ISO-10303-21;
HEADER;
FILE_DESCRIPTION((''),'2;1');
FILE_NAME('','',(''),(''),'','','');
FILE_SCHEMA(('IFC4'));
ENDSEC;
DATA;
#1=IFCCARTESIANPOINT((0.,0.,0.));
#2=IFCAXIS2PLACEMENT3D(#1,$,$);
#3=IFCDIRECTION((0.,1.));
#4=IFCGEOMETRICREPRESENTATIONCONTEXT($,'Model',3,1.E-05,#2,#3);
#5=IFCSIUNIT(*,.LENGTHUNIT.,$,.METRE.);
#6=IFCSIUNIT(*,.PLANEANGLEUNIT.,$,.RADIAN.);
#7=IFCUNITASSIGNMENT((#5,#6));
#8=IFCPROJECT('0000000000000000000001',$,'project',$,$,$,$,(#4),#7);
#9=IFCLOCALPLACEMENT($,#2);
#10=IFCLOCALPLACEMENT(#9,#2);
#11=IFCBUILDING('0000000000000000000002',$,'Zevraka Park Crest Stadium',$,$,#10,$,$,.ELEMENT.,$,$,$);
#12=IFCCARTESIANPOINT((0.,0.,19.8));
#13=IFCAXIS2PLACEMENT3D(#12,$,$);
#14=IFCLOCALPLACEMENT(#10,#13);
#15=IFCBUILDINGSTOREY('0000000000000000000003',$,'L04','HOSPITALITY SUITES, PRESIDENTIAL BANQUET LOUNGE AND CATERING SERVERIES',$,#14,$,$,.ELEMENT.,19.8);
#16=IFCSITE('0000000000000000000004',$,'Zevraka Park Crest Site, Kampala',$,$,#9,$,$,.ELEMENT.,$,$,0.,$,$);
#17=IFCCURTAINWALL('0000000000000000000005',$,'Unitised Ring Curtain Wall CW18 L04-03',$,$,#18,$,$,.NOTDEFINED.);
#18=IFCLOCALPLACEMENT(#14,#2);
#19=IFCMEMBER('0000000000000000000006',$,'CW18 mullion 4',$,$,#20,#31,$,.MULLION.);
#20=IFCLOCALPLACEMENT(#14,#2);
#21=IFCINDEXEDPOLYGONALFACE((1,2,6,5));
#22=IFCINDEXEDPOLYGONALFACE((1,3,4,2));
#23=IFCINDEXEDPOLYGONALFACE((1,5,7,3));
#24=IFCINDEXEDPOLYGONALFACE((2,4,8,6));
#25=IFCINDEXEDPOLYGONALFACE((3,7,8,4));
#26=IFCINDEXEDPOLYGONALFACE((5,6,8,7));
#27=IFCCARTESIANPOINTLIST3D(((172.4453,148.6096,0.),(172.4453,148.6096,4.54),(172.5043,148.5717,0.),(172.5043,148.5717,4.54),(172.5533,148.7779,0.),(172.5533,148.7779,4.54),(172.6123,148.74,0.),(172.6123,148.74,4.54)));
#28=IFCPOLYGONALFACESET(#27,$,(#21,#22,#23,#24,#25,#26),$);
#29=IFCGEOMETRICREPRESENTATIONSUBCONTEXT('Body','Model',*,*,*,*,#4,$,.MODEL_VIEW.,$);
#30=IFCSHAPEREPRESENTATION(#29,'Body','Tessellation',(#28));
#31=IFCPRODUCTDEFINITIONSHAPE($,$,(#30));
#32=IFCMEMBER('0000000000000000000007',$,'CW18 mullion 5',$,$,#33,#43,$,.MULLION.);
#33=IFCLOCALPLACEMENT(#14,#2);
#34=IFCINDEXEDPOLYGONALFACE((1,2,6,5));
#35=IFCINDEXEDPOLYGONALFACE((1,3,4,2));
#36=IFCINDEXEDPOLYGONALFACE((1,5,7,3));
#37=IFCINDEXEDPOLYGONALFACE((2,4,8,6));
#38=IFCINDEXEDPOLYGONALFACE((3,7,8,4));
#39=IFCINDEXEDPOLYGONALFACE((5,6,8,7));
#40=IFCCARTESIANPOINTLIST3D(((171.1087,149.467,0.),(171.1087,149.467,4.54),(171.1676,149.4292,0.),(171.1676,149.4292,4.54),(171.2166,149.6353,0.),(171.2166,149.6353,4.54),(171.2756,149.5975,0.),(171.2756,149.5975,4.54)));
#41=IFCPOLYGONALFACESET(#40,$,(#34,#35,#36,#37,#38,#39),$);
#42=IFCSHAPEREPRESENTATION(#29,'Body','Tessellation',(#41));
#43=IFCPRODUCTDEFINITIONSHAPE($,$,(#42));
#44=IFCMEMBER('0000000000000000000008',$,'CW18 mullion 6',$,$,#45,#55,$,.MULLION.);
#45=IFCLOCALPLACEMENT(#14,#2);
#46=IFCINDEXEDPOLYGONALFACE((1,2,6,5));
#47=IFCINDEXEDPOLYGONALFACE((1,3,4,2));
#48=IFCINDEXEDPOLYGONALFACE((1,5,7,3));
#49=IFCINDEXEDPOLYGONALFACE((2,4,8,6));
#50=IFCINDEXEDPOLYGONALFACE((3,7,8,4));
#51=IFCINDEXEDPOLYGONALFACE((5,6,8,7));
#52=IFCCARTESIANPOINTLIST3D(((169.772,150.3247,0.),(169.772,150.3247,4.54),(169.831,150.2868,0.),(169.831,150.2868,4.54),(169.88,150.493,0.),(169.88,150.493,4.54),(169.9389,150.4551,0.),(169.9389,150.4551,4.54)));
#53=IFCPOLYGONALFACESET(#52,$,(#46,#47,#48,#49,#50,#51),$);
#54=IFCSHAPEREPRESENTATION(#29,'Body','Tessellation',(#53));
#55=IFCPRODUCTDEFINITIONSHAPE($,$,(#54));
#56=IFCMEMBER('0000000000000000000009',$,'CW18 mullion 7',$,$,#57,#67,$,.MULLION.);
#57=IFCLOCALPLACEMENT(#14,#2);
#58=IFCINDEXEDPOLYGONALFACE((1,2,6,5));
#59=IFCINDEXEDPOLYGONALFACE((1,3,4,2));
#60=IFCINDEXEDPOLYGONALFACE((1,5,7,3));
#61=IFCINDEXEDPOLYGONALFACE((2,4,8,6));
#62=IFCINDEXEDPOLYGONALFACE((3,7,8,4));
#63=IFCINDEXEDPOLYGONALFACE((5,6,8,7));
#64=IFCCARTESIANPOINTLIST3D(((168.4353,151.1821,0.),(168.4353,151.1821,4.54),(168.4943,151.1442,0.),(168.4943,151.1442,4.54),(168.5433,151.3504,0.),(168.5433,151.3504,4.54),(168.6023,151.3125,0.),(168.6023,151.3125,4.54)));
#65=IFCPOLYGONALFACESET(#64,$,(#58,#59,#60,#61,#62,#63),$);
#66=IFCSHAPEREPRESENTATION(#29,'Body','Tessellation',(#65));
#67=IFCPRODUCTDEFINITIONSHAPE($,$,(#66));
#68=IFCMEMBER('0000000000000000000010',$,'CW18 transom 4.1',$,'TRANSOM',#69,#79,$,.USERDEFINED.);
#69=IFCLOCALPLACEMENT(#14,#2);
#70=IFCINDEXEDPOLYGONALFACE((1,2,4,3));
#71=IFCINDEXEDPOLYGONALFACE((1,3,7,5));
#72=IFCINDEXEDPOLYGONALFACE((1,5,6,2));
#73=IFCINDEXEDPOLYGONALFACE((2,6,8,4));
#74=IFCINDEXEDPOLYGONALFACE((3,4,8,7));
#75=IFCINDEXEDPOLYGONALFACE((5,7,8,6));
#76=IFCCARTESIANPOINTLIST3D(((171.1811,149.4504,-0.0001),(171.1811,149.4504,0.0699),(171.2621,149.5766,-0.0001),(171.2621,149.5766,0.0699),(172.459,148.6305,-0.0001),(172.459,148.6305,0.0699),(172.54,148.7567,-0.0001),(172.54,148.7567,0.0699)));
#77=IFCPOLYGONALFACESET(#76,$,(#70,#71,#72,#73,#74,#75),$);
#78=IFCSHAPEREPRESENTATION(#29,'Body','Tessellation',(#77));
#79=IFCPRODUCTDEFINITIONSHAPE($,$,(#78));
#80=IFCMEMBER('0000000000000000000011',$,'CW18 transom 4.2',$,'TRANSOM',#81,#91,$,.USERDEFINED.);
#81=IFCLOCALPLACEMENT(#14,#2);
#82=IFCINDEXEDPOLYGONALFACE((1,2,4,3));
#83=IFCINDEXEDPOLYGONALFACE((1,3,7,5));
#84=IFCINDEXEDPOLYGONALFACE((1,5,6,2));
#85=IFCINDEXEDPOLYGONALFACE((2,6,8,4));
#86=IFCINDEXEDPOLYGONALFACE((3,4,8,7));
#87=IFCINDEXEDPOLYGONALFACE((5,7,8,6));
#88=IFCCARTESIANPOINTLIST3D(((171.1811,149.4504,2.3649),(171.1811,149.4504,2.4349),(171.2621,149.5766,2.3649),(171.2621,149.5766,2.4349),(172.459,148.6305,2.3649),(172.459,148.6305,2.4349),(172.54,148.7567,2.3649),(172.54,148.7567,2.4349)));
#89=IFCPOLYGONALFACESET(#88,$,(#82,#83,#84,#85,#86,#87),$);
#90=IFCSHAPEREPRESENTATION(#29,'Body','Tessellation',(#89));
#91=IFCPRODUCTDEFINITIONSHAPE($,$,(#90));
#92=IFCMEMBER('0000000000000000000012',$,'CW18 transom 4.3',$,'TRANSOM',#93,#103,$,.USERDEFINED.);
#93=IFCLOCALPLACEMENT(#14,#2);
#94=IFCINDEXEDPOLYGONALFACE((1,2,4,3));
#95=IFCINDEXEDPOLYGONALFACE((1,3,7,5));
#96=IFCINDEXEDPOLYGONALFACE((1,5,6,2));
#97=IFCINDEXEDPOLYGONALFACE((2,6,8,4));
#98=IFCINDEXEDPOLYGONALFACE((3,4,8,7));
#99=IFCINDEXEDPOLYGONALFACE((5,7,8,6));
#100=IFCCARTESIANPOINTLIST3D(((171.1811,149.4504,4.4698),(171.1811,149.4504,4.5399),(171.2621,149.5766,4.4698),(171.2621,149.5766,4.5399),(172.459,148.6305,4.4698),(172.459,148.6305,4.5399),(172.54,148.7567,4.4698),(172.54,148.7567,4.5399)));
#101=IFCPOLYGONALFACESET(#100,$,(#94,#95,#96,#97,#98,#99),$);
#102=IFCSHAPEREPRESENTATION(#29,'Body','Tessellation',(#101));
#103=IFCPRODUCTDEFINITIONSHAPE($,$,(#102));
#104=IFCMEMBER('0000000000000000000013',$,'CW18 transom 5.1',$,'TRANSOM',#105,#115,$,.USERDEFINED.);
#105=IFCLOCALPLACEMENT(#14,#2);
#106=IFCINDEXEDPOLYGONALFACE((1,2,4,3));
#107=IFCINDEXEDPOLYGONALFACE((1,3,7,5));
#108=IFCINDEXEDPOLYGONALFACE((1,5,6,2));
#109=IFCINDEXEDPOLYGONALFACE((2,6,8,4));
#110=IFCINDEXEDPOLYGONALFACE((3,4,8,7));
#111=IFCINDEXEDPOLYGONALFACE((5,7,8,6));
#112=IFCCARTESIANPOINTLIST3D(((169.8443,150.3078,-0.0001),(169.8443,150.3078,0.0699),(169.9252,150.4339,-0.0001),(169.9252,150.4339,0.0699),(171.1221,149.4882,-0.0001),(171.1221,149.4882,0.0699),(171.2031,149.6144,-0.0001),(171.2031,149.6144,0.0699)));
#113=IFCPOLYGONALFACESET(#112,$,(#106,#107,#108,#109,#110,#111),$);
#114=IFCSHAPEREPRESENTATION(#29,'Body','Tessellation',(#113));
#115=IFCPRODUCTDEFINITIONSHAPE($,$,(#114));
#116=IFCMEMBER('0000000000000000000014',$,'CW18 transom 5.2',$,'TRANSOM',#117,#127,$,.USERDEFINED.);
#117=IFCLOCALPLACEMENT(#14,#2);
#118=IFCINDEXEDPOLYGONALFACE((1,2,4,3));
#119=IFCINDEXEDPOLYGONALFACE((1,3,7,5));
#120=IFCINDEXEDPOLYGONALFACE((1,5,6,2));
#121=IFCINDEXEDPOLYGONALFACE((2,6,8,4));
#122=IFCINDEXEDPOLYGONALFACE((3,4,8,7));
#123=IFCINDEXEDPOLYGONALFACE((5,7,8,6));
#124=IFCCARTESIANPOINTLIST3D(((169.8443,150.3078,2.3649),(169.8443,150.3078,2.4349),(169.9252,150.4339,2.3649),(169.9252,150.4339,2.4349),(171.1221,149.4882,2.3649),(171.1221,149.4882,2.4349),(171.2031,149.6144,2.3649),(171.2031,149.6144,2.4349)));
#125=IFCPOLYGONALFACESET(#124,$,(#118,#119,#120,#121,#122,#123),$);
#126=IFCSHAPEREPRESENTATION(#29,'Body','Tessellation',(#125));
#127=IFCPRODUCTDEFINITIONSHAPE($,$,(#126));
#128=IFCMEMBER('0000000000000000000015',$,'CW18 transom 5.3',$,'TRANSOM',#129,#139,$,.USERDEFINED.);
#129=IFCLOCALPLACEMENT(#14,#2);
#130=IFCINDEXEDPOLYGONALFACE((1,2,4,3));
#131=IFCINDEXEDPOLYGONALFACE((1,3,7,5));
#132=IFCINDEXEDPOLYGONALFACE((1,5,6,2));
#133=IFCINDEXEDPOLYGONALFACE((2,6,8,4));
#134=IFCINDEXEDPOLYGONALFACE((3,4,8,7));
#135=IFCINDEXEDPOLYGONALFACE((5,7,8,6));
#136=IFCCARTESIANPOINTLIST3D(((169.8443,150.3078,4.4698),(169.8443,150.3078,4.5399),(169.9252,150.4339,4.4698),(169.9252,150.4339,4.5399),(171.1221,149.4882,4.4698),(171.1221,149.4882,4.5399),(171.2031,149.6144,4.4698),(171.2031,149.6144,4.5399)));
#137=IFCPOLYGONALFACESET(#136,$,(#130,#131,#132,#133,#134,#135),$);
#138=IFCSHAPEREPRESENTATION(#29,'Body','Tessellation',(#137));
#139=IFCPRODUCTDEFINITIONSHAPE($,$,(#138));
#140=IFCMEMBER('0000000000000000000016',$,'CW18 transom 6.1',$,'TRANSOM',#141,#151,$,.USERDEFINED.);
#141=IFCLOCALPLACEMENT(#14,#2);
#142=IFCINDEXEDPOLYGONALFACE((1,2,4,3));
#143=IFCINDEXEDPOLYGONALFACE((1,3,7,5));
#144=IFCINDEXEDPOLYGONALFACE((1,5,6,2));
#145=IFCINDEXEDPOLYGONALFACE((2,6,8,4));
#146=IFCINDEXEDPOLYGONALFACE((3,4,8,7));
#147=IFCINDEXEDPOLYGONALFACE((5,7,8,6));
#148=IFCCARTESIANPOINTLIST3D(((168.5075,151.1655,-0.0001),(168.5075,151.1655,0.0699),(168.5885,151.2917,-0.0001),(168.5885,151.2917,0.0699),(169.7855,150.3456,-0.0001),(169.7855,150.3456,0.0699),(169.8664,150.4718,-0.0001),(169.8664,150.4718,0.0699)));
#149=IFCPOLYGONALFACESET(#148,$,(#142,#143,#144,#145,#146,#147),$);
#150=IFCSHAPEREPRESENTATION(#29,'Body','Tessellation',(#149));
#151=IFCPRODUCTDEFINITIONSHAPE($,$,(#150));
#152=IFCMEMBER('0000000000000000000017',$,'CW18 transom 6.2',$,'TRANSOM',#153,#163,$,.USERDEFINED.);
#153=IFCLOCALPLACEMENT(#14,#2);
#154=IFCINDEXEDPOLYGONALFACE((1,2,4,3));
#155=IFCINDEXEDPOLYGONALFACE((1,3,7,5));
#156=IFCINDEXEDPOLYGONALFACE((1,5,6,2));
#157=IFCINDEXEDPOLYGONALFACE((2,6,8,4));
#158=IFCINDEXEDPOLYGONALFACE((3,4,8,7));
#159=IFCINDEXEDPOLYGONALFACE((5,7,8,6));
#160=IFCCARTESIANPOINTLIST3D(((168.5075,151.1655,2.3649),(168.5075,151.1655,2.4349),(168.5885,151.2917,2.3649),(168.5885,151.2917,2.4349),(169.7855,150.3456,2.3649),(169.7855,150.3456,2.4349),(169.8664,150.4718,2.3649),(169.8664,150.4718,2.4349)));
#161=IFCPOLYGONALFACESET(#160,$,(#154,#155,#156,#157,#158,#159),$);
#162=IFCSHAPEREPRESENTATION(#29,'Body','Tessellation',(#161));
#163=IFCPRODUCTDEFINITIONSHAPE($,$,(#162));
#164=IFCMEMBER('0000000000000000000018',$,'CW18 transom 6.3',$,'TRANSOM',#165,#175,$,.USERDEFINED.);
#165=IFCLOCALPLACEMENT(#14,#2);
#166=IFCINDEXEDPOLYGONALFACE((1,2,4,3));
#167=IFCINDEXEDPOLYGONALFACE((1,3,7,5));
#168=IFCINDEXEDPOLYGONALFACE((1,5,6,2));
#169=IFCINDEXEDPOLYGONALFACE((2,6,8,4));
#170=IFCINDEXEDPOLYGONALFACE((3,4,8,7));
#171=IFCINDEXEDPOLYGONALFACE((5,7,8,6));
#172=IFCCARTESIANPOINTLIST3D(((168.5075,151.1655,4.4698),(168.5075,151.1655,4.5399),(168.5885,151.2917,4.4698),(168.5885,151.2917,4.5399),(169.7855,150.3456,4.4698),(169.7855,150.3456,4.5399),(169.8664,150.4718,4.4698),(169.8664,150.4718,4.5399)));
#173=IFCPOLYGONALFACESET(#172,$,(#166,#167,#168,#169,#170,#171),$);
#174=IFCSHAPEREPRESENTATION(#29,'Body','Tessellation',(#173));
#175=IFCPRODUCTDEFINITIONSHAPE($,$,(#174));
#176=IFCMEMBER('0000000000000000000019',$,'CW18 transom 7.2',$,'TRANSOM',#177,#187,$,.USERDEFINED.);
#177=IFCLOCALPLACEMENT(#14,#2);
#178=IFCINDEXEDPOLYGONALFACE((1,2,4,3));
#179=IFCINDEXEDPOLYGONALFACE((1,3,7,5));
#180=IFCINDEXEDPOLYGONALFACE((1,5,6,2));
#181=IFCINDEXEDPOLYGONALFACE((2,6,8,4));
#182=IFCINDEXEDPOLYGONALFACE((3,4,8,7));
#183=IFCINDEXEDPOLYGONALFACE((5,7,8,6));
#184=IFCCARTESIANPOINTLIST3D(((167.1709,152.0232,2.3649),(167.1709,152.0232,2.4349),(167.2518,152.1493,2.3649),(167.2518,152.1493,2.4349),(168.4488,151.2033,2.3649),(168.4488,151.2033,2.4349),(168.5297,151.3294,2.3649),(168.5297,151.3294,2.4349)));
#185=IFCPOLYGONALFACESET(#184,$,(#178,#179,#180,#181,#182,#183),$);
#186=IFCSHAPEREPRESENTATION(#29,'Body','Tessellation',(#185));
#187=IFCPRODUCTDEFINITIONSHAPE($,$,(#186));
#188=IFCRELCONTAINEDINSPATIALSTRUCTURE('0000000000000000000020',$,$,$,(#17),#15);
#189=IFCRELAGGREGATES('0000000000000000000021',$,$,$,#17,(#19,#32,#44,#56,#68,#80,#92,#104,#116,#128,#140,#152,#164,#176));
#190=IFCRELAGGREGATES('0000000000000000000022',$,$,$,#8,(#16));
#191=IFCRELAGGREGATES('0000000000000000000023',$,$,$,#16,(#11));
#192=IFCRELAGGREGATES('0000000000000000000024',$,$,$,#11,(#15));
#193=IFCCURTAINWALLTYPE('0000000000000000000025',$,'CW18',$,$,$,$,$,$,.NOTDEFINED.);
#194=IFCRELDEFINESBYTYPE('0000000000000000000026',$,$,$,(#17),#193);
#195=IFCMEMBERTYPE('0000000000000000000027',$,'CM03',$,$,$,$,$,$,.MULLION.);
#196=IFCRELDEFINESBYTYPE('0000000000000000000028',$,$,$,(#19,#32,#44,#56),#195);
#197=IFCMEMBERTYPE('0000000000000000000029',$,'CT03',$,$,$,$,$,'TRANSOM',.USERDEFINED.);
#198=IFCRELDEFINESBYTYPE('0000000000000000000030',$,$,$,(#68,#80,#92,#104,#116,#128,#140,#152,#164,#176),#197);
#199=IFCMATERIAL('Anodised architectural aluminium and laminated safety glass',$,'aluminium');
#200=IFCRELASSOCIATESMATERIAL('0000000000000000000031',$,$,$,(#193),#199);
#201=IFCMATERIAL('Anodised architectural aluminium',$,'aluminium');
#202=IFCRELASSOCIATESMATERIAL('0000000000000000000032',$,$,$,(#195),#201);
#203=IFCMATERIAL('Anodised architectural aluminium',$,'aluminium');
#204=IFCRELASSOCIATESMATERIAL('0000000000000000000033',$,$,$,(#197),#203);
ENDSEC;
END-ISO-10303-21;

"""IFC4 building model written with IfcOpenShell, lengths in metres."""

from ifc_helpers import new_model, si_unit, direction, frame, origin, origin_2d, place, context, subcontext, project, spatial, rectangle, extrude, material, material_profile, profile_set, type_object, element, aggregate, save


model = new_model("IFC4")

# Units and contexts
model_context = context("Model", 3, precision=1e-05, world=origin(), true_north=direction((0.0, 1.0)))
body_context = subcontext(model_context, "Body", "Model", "MODEL_VIEW")
ifc_project = project(units=[si_unit("LENGTHUNIT", "METRE"), si_unit("PLANEANGLEUNIT", "RADIAN")], contexts=[model_context])

# Site, building, storey
site_placement = place(None, origin())
site = spatial("IfcSite", under=ifc_project, at=site_placement, Name="Zevraka Park Crest Site, Kampala", CompositionType="ELEMENT", RefElevation=0.0)
building_placement = place(site_placement, origin())
building = spatial("IfcBuilding", under=site, at=building_placement, Name="Zevraka Park Crest Stadium", CompositionType="ELEMENT")
storey_placement = place(building_placement, frame((0.0, 0.0, 19.8)))
storey = spatial("IfcBuildingStorey", under=building, at=storey_placement, Name="L04", Description="HOSPITALITY SUITES, PRESIDENTIAL BANQUET LOUNGE AND CATERING SERVERIES", CompositionType="ELEMENT", Elevation=19.8)

# Curtain wall, members
ifc_material_1 = material(Name="Anodised architectural aluminium and laminated safety glass", Category="aluminium")
curtain_wall_type = type_object("IfcCurtainWallType", Name="CW18", PredefinedType="NOTDEFINED", material=ifc_material_1)
curtain_wall_placement = place(storey_placement, origin())
curtain_wall = element("IfcCurtainWall", 1, at=curtain_wall_placement, inside=storey, type_object=curtain_wall_type, Name="Unitised Ring Curtain Wall CW18 L04-03", PredefinedType="NOTDEFINED")
ifc_material_2 = material(Name="Anodised architectural aluminium", Category="aluminium")
ifc_material_profile_1 = material_profile(ifc_material_2, rectangle(XDim=0.2, YDim=0.0701, at=origin_2d()), Name="ALU MULLION 200x70")
ifc_profile_set_1 = profile_set([ifc_material_profile_1], Name="Anodised architectural aluminium")
member_type_1 = type_object("IfcMemberType", Name="CM03", PredefinedType="MULLION", material=ifc_profile_set_1)
member_1_placement = place(storey_placement, frame((172.5288, 148.6748, 0.0), z_axis=(0.0, 0.0, 1.0), x_axis=(-0.53998, -0.841678, 0.0)))
member_1 = element("IfcMember", 2, at=member_1_placement, type_object=member_type_1, Name="CW18 mullion 4", PredefinedType="MULLION", context=body_context, shape_type="SweptSolid", body=[
    extrude(rectangle(XDim=0.2, YDim=0.0701, at=origin_2d()), origin(), (0.0, 0.0, 1.0), 4.54),
])
member_2_placement = place(storey_placement, frame((171.1921, 149.5322, 0.0), z_axis=(0.0, 0.0, 1.0), x_axis=(-0.53998, -0.841678, 0.0)))
member_2 = element("IfcMember", 3, at=member_2_placement, type_object=member_type_1, Name="CW18 mullion 5", PredefinedType="MULLION", context=body_context, shape_type="SweptSolid", body=[
    extrude(rectangle(XDim=0.2, YDim=0.0701, at=origin_2d()), origin(), (0.0, 0.0, 1.0), 4.54),
])
member_3_placement = place(storey_placement, frame((169.8555, 150.3899, 0.0), z_axis=(0.0, 0.0, 1.0), x_axis=(-0.53998, -0.841678, 0.0)))
member_3 = element("IfcMember", 4, at=member_3_placement, type_object=member_type_1, Name="CW18 mullion 6", PredefinedType="MULLION", context=body_context, shape_type="SweptSolid", body=[
    extrude(rectangle(XDim=0.2, YDim=0.0701, at=origin_2d()), origin(), (0.0, 0.0, 1.0), 4.54),
])
member_4_placement = place(storey_placement, frame((168.5188, 151.2473, 0.0), z_axis=(0.0, 0.0, 1.0), x_axis=(-0.53998, -0.841678, 0.0)))
member_4 = element("IfcMember", 5, at=member_4_placement, type_object=member_type_1, Name="CW18 mullion 7", PredefinedType="MULLION", context=body_context, shape_type="SweptSolid", body=[
    extrude(rectangle(XDim=0.2, YDim=0.0701, at=origin_2d()), origin(), (0.0, 0.0, 1.0), 4.54),
])
ifc_material_3 = material(Name="Anodised architectural aluminium", Category="aluminium")
ifc_material_profile_2 = material_profile(ifc_material_3, rectangle(XDim=0.1499, YDim=0.0701, at=origin_2d()), Name="ALU TRANSOM 150x70")
ifc_profile_set_2 = profile_set([ifc_material_profile_2], Name="Anodised architectural aluminium")
member_type_2 = type_object("IfcMemberType", Name="CT03", ElementType="TRANSOM", PredefinedType="USERDEFINED", material=ifc_profile_set_2)
member_5_placement = place(storey_placement, frame((172.4995, 148.6936, 0.0349), z_axis=(-0.841669, 0.539993, 0.0), x_axis=(-0.539993, -0.841669, 0.0)))
member_5 = element("IfcMember", 6, at=member_5_placement, type_object=member_type_2, Name="CW18 transom 4.1", ObjectType="TRANSOM", PredefinedType="USERDEFINED", context=body_context, shape_type="SweptSolid", body=[
    extrude(rectangle(XDim=0.1499, YDim=0.0701, at=origin_2d()), origin(), (0.0, 0.0, 1.0), 1.5183),
])
member_6_placement = place(storey_placement, frame((172.4995, 148.6936, 2.3999), z_axis=(-0.841669, 0.539993, 0.0), x_axis=(-0.539993, -0.841669, 0.0)))
member_6 = element("IfcMember", 7, at=member_6_placement, type_object=member_type_2, Name="CW18 transom 4.2", ObjectType="TRANSOM", PredefinedType="USERDEFINED", context=body_context, shape_type="SweptSolid", body=[
    extrude(rectangle(XDim=0.1499, YDim=0.0701, at=origin_2d()), origin(), (0.0, 0.0, 1.0), 1.5183),
])
member_7_placement = place(storey_placement, frame((172.4995, 148.6936, 4.5049), z_axis=(-0.841669, 0.539993, 0.0), x_axis=(-0.539993, -0.841669, 0.0)))
member_7 = element("IfcMember", 8, at=member_7_placement, type_object=member_type_2, Name="CW18 transom 4.3", ObjectType="TRANSOM", PredefinedType="USERDEFINED", context=body_context, shape_type="SweptSolid", body=[
    extrude(rectangle(XDim=0.1499, YDim=0.0701, at=origin_2d()), origin(), (0.0, 0.0, 1.0), 1.5183),
])
member_8_placement = place(storey_placement, frame((171.1626, 149.5513, 0.0349), z_axis=(-0.841742, 0.539879, 0.0), x_axis=(-0.539879, -0.841742, 0.0)))
member_8 = element("IfcMember", 9, at=member_8_placement, type_object=member_type_2, Name="CW18 transom 5.1", ObjectType="TRANSOM", PredefinedType="USERDEFINED", context=body_context, shape_type="SweptSolid", body=[
    extrude(rectangle(XDim=0.1499, YDim=0.0701, at=origin_2d()), origin(), (0.0, 0.0, 1.0), 1.5181),
])
member_9_placement = place(storey_placement, frame((171.1626, 149.5513, 2.3999), z_axis=(-0.841742, 0.539879, 0.0), x_axis=(-0.539879, -0.841742, 0.0)))
member_9 = element("IfcMember", 10, at=member_9_placement, type_object=member_type_2, Name="CW18 transom 5.2", ObjectType="TRANSOM", PredefinedType="USERDEFINED", context=body_context, shape_type="SweptSolid", body=[
    extrude(rectangle(XDim=0.1499, YDim=0.0701, at=origin_2d()), origin(), (0.0, 0.0, 1.0), 1.5181),
])
member_10_placement = place(storey_placement, frame((171.1626, 149.5513, 4.5049), z_axis=(-0.841742, 0.539879, 0.0), x_axis=(-0.539879, -0.841742, 0.0)))
member_10 = element("IfcMember", 11, at=member_10_placement, type_object=member_type_2, Name="CW18 transom 5.3", ObjectType="TRANSOM", PredefinedType="USERDEFINED", context=body_context, shape_type="SweptSolid", body=[
    extrude(rectangle(XDim=0.1499, YDim=0.0701, at=origin_2d()), origin(), (0.0, 0.0, 1.0), 1.5181),
])
member_11_placement = place(storey_placement, frame((169.8259, 150.4087, 0.0349), z_axis=(-0.841669, 0.539993, 0.0), x_axis=(-0.539993, -0.841669, 0.0)))
member_11 = element("IfcMember", 12, at=member_11_placement, type_object=member_type_2, Name="CW18 transom 6.1", ObjectType="TRANSOM", PredefinedType="USERDEFINED", context=body_context, shape_type="SweptSolid", body=[
    extrude(rectangle(XDim=0.1499, YDim=0.0701, at=origin_2d()), origin(), (0.0, 0.0, 1.0), 1.5183),
])
member_12_placement = place(storey_placement, frame((169.8259, 150.4087, 2.3999), z_axis=(-0.841669, 0.539993, 0.0), x_axis=(-0.539993, -0.841669, 0.0)))
member_12 = element("IfcMember", 13, at=member_12_placement, type_object=member_type_2, Name="CW18 transom 6.2", ObjectType="TRANSOM", PredefinedType="USERDEFINED", context=body_context, shape_type="SweptSolid", body=[
    extrude(rectangle(XDim=0.1499, YDim=0.0701, at=origin_2d()), origin(), (0.0, 0.0, 1.0), 1.5183),
])
member_13_placement = place(storey_placement, frame((169.8259, 150.4087, 4.5049), z_axis=(-0.841669, 0.539993, 0.0), x_axis=(-0.539993, -0.841669, 0.0)))
member_13 = element("IfcMember", 14, at=member_13_placement, type_object=member_type_2, Name="CW18 transom 6.3", ObjectType="TRANSOM", PredefinedType="USERDEFINED", context=body_context, shape_type="SweptSolid", body=[
    extrude(rectangle(XDim=0.1499, YDim=0.0701, at=origin_2d()), origin(), (0.0, 0.0, 1.0), 1.5183),
])
member_14_placement = place(storey_placement, frame((168.4893, 151.2664, 2.3999), z_axis=(-0.841669, 0.539993, 0.0), x_axis=(-0.539993, -0.841669, 0.0)))
member_14 = element("IfcMember", 15, at=member_14_placement, type_object=member_type_2, Name="CW18 transom 7.2", ObjectType="TRANSOM", PredefinedType="USERDEFINED", context=body_context, shape_type="SweptSolid", body=[
    extrude(rectangle(XDim=0.1499, YDim=0.0701, at=origin_2d()), origin(), (0.0, 0.0, 1.0), 1.5183),
])
aggregate(curtain_wall, [member_1, member_2, member_3, member_4, member_5, member_6, member_7, member_8, member_9, member_10, member_11, member_12, member_13, member_14])

save(model, "model.ifc")
